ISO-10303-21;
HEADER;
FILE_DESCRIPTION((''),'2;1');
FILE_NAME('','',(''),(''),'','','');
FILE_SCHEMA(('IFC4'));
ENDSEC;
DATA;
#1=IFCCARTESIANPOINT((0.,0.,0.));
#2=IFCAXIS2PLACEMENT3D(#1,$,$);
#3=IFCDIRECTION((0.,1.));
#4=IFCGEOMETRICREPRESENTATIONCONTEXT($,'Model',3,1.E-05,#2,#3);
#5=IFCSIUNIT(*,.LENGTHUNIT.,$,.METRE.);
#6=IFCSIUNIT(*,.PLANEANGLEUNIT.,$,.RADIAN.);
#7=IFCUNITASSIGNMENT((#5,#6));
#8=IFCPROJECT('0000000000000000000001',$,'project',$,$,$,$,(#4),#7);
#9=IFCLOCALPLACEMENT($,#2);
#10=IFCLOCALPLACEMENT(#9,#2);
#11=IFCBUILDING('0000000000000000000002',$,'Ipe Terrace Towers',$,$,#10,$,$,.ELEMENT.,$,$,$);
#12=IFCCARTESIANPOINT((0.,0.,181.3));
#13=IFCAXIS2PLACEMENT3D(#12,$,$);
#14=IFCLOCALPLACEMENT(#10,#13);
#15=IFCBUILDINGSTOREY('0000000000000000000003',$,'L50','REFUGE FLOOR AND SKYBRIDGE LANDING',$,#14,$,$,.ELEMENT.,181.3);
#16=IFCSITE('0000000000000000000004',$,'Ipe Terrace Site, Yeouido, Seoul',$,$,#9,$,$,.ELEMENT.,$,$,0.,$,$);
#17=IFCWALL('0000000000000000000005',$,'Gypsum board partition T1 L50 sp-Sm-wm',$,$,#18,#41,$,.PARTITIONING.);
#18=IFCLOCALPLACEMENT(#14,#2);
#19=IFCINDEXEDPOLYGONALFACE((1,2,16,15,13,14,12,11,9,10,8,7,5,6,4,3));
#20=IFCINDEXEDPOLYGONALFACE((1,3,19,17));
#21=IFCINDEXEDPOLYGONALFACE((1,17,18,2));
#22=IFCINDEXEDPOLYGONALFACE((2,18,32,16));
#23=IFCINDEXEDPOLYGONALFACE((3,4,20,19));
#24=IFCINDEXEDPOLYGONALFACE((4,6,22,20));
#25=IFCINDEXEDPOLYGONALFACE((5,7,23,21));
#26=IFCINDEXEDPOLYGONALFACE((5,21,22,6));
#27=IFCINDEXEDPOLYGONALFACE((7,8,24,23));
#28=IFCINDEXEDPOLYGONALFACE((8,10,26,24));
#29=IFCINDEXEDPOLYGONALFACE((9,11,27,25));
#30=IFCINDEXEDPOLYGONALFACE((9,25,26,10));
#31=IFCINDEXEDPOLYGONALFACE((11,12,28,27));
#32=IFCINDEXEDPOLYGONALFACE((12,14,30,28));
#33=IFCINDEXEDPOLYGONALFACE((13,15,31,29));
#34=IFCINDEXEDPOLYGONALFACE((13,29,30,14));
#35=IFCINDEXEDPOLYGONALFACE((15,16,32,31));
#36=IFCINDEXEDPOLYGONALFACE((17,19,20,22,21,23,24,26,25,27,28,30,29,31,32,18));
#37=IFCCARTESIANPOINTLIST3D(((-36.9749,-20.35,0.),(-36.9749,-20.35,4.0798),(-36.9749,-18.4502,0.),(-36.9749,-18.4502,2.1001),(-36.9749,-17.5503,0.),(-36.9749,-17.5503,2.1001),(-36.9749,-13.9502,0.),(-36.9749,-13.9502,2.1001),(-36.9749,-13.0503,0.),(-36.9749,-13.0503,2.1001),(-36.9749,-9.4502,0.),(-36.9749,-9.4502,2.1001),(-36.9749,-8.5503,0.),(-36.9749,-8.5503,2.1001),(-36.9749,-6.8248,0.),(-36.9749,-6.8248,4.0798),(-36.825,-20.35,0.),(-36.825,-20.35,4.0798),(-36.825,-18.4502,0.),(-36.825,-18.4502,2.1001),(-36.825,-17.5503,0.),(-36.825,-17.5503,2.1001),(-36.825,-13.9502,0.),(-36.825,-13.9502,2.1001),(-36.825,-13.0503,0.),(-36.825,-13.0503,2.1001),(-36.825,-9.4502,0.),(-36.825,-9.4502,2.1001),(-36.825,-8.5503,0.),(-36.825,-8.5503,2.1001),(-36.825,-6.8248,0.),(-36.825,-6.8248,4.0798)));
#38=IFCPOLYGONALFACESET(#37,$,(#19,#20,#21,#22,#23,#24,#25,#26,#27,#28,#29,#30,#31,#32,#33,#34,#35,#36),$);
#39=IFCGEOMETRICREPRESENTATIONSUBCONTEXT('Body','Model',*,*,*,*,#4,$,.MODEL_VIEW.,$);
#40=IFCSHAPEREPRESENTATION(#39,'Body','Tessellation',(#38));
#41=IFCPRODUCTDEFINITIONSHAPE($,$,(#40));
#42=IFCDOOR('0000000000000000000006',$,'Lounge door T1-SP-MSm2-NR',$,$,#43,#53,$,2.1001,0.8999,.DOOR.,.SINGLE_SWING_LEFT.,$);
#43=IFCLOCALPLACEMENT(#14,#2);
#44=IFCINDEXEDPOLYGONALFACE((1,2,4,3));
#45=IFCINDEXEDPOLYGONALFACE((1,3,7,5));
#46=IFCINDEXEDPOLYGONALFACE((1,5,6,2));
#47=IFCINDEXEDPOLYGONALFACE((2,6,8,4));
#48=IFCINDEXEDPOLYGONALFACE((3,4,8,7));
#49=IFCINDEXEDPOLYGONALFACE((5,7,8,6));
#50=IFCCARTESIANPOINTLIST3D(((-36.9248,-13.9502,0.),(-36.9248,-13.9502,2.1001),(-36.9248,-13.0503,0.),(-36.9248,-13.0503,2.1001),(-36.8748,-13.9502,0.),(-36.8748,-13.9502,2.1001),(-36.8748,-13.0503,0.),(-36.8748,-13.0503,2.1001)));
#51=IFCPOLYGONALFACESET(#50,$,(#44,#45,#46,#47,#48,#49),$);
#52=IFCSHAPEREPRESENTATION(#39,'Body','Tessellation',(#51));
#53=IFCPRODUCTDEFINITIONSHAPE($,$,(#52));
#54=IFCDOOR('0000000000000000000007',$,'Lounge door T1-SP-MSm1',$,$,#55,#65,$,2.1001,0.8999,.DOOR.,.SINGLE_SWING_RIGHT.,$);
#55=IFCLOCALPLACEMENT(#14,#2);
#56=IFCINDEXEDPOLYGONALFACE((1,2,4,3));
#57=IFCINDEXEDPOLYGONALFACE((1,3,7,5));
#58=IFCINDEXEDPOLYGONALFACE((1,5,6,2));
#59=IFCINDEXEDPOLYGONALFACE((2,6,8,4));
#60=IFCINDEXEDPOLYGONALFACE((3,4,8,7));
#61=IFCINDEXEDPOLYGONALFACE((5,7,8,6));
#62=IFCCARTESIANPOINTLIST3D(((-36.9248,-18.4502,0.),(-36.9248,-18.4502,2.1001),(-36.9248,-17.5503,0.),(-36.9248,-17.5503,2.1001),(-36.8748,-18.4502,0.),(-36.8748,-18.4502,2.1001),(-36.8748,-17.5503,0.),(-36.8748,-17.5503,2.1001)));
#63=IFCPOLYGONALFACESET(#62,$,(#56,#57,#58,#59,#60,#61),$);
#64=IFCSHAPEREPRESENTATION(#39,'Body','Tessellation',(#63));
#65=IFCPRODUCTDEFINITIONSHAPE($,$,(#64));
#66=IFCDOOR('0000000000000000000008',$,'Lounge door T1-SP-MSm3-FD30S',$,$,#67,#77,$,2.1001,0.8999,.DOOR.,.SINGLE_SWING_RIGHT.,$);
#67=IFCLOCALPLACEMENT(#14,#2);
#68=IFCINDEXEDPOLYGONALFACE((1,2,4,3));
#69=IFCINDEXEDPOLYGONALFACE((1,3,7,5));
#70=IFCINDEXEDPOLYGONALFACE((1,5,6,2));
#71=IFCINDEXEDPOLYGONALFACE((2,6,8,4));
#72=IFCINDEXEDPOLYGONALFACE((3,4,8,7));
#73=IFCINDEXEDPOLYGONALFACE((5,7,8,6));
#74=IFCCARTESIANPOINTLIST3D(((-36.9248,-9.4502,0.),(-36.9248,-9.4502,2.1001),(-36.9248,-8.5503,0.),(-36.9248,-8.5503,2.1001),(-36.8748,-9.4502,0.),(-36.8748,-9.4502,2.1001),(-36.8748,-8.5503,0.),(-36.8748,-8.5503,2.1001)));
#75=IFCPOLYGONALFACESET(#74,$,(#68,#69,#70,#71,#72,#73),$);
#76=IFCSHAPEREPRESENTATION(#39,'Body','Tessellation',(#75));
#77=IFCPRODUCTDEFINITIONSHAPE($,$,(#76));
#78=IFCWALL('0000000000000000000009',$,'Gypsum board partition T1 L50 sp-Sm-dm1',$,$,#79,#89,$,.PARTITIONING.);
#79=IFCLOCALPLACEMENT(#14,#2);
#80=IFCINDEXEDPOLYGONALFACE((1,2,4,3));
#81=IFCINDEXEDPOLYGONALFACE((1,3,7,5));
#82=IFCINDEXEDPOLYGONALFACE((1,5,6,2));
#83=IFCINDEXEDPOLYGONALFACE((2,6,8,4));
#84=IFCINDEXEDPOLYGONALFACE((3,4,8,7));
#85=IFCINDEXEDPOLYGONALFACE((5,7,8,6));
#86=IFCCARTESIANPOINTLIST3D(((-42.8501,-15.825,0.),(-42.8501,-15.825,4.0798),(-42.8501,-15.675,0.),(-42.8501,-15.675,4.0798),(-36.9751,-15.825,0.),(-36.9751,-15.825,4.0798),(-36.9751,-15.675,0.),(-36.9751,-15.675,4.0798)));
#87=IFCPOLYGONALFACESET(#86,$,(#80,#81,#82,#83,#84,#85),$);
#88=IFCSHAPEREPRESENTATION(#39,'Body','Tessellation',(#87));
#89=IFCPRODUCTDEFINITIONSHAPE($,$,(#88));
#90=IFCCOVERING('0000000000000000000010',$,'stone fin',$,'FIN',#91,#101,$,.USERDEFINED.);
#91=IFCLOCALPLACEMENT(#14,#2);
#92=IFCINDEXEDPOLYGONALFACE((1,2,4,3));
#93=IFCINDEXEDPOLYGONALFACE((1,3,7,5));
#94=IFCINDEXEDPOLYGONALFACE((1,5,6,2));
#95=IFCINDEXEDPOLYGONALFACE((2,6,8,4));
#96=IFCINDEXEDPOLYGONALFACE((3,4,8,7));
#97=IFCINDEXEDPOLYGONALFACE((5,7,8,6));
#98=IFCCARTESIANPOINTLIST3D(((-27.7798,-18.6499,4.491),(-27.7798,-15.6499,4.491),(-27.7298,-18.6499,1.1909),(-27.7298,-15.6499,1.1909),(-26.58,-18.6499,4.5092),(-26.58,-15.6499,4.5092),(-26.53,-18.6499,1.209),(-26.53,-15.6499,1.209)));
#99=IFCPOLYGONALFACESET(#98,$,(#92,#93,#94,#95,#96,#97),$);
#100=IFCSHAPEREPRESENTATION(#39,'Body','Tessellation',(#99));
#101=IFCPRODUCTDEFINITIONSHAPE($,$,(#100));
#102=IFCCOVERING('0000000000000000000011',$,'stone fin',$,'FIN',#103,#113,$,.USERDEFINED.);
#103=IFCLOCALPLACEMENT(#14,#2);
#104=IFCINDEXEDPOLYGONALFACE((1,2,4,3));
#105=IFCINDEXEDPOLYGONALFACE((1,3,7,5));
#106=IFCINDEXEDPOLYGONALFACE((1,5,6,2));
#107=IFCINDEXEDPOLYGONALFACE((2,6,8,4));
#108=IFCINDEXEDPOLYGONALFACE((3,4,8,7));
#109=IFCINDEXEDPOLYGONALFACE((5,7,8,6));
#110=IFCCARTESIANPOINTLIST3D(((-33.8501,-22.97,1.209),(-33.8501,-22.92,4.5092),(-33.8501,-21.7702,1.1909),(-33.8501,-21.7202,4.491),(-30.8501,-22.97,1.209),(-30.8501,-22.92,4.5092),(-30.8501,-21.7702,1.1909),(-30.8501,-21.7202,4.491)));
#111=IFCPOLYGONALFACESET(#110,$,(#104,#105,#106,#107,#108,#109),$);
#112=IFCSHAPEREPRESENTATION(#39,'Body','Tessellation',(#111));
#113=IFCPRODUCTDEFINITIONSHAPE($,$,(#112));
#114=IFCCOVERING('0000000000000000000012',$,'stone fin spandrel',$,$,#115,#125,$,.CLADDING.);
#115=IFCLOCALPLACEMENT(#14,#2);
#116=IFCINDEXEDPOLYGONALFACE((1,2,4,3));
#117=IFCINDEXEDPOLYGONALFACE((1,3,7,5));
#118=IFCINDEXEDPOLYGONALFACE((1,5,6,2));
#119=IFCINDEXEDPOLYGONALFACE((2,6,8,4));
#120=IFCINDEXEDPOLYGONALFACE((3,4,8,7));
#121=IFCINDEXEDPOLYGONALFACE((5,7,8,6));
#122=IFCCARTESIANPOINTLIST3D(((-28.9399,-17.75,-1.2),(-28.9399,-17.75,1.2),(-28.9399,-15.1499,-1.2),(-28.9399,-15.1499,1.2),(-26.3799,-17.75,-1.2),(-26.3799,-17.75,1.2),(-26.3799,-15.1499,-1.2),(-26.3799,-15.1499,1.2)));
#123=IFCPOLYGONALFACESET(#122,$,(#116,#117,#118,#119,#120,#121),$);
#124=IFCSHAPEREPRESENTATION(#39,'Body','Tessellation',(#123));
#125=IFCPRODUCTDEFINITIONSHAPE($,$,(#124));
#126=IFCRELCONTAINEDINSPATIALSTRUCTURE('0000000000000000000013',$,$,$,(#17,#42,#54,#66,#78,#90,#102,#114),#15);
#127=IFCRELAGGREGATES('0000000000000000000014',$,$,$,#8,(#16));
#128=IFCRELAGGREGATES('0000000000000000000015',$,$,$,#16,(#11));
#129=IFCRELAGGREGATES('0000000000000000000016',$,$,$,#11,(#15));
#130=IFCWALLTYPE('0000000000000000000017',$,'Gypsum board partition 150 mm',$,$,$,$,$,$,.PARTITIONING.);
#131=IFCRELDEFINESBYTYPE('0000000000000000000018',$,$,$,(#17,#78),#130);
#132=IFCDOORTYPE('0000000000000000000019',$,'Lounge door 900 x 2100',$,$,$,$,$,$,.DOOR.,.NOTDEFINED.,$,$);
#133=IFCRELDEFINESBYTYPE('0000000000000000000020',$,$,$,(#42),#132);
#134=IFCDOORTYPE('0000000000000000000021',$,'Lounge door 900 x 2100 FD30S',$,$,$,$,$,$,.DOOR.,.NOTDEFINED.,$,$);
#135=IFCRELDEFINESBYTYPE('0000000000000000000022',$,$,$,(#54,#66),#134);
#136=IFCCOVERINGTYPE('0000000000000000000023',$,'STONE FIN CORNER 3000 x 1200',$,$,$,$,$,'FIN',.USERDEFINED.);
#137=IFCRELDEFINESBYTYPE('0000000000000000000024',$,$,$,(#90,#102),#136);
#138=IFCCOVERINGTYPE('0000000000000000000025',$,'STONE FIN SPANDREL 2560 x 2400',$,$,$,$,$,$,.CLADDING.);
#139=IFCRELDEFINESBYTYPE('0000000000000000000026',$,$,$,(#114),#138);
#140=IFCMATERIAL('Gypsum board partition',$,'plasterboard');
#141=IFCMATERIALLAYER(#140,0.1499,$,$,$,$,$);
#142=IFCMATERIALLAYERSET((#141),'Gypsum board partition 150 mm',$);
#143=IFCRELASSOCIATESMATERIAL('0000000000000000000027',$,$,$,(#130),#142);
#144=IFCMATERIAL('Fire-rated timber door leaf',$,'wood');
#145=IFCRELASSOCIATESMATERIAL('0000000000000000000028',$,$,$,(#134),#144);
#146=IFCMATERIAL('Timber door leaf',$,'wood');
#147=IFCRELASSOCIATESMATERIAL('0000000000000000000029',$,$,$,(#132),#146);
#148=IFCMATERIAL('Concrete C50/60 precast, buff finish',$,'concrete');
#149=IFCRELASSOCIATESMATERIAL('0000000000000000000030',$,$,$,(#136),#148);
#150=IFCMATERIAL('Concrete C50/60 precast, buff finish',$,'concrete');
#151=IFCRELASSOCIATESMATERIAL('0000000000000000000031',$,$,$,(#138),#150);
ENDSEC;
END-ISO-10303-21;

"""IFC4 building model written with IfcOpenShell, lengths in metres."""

from ifc_helpers import new_model, si_unit, direction, frame, frame_2d, origin, origin_2d, place, context, subcontext, project, spatial, rectangle, extrude, material, layer, layer_set, material_profile, profile_set, type_object, element, fill, save


model = new_model("IFC4")

# Units and contexts
model_context = context("Model", 3, precision=1e-05, world=origin(), true_north=direction((0.0, 1.0)))
body_context = subcontext(model_context, "Body", "Model", "MODEL_VIEW")
ifc_project = project(units=[si_unit("LENGTHUNIT", "METRE"), si_unit("PLANEANGLEUNIT", "RADIAN")], contexts=[model_context])

# Site, building, storey
site_placement = place(None, origin())
site = spatial("IfcSite", under=ifc_project, at=site_placement, Name="Ipe Terrace Site, Yeouido, Seoul", CompositionType="ELEMENT", RefElevation=0.0)
building_placement = place(site_placement, origin())
building = spatial("IfcBuilding", under=site, at=building_placement, Name="Ipe Terrace Towers", CompositionType="ELEMENT")
storey_placement = place(building_placement, frame((0.0, 0.0, 181.3)))
storey = spatial("IfcBuildingStorey", under=building, at=storey_placement, Name="L50", Description="REFUGE FLOOR AND SKYBRIDGE LANDING", CompositionType="ELEMENT", Elevation=181.3)

# Shared definitions
ifc_material_1 = material(Name="Gypsum board partition", Category="plasterboard")
ifc_layer_1 = layer(ifc_material_1, 0.1499)
ifc_layer_set_1 = layer_set([ifc_layer_1], Name="Gypsum board partition 150 mm")
wall_type_1 = type_object("IfcWallType", Name="Gypsum board partition 150 mm", PredefinedType="PARTITIONING", material=ifc_layer_set_1)
ifc_material_2 = material(Name="Fire-rated timber door leaf", Category="wood")
door_type_1 = type_object("IfcDoorType", Name="Lounge door 900 x 2100 FD30S", OperationType="NOTDEFINED", PredefinedType="DOOR", material=ifc_material_2)

# Wall, openings, doors
wall_1_placement = place(storey_placement, frame((-36.8999, -20.3501, 0.0), z_axis=(0.0, 0.0, 1.0), x_axis=(0.0, 1.0, 0.0)))
wall_1 = element("IfcWall", 1, at=wall_1_placement, inside=storey, type_object=wall_type_1, Name="Gypsum board partition T1 L50 sp-Sm-wm", PredefinedType="PARTITIONING", context=body_context, shape_type="SweptSolid", body=[
    extrude(rectangle(XDim=13.5251, YDim=0.1499, at=frame_2d((6.7627, 0.0))), origin(), (0.0, 0.0, 1.0), 4.0798),
])
opening_1_placement = place(wall_1_placement, frame((1.8999, 0.0, 0.0)))
opening_1 = element("IfcOpeningElement", 2, at=opening_1_placement, cuts=wall_1, PredefinedType="OPENING", context=body_context, shape_type="SweptSolid", body=[
    extrude(rectangle(XDim=0.8999, YDim=2.1001, at=frame_2d((0.45, 1.05))), frame((0.0, 0.085, 0.0), z_axis=(0.0, -1.0, 0.0), x_axis=(1.0, 0.0, 0.0)), (0.0, 0.0, 1.0), 0.1699),
])
opening_2_placement = place(wall_1_placement, frame((6.3999, 0.0, 0.0)))
opening_2 = element("IfcOpeningElement", 3, at=opening_2_placement, cuts=wall_1, PredefinedType="OPENING", context=body_context, shape_type="SweptSolid", body=[
    extrude(rectangle(XDim=0.8999, YDim=2.1001, at=frame_2d((0.45, 1.05))), frame((0.0, 0.085, 0.0), z_axis=(0.0, -1.0, 0.0), x_axis=(1.0, 0.0, 0.0)), (0.0, 0.0, 1.0), 0.1699),
])
opening_3_placement = place(wall_1_placement, frame((10.8999, 0.0, 0.0)))
opening_3 = element("IfcOpeningElement", 4, at=opening_3_placement, cuts=wall_1, PredefinedType="OPENING", context=body_context, shape_type="SweptSolid", body=[
    extrude(rectangle(XDim=0.8999, YDim=2.1001, at=frame_2d((0.45, 1.05))), frame((0.0, 0.085, 0.0), z_axis=(0.0, -1.0, 0.0), x_axis=(1.0, 0.0, 0.0)), (0.0, 0.0, 1.0), 0.1699),
])
ifc_material_3 = material(Name="Timber door leaf", Category="wood")
door_type_2 = type_object("IfcDoorType", Name="Lounge door 900 x 2100", OperationType="NOTDEFINED", PredefinedType="DOOR", material=ifc_material_3)
door_1_placement = place(opening_2_placement, origin())
door_1 = element("IfcDoor", 5, at=door_1_placement, inside=storey, type_object=door_type_2, Name="Lounge door T1-SP-MSm2-NR", OperationType="SINGLE_SWING_LEFT", OverallHeight=2.1001, OverallWidth=0.8999, PredefinedType="DOOR", context=body_context, shape_type="SweptSolid", body=[
    extrude(rectangle(XDim=0.8999, YDim=2.1001, at=frame_2d((0.45, 1.05))), frame((0.0, 0.0249, 0.0), z_axis=(0.0, -1.0, 0.0), x_axis=(1.0, 0.0, 0.0)), (0.0, 0.0, 1.0), 0.05),
])
fill(opening_2, door_1)
door_2_placement = place(opening_1_placement, origin())
door_2 = element("IfcDoor", 6, at=door_2_placement, inside=storey, type_object=door_type_1, Name="Lounge door T1-SP-MSm1", OperationType="SINGLE_SWING_RIGHT", OverallHeight=2.1001, OverallWidth=0.8999, PredefinedType="DOOR", context=body_context, shape_type="SweptSolid", body=[
    extrude(rectangle(XDim=0.8999, YDim=2.1001, at=frame_2d((0.45, 1.05))), frame((0.0, 0.0249, 0.0), z_axis=(0.0, -1.0, 0.0), x_axis=(1.0, 0.0, 0.0)), (0.0, 0.0, 1.0), 0.05),
])
fill(opening_1, door_2)
door_3_placement = place(opening_3_placement, origin())
door_3 = element("IfcDoor", 7, at=door_3_placement, inside=storey, type_object=door_type_1, Name="Lounge door T1-SP-MSm3-FD30S", OperationType="SINGLE_SWING_RIGHT", OverallHeight=2.1001, OverallWidth=0.8999, PredefinedType="DOOR", context=body_context, shape_type="SweptSolid", body=[
    extrude(rectangle(XDim=0.8999, YDim=2.1001, at=frame_2d((0.45, 1.05))), frame((0.0, 0.0249, 0.0), z_axis=(0.0, -1.0, 0.0), x_axis=(1.0, 0.0, 0.0)), (0.0, 0.0, 1.0), 0.05),
])
fill(opening_3, door_3)

# Wall
wall_2_placement = place(storey_placement, frame((-36.9751, -15.75, 0.0), z_axis=(0.0, 0.0, 1.0), x_axis=(-1.0, 0.0, 0.0)))
element("IfcWall", 8, at=wall_2_placement, inside=storey, type_object=wall_type_1, Name="Gypsum board partition T1 L50 sp-Sm-dm1", PredefinedType="PARTITIONING", context=body_context, shape_type="SweptSolid", body=[
    extrude(rectangle(XDim=5.875, YDim=0.1499, at=frame_2d((2.9375, 0.0))), origin(), (0.0, 0.0, 1.0), 4.0798),
])

# Coverings
ifc_material_4 = material(Name="Concrete C50/60 precast, buff finish", Category="concrete")
ifc_material_profile_1 = material_profile(ifc_material_4, rectangle(XDim=3.0, YDim=1.2, at=origin_2d()), Name="STONE FIN CORNER 3000 x 1200")
ifc_profile_set_1 = profile_set([ifc_material_profile_1], Name="Concrete C50/60 precast, buff finish")
covering_type_1 = type_object("IfcCoveringType", Name="STONE FIN CORNER 3000 x 1200", ElementType="FIN", PredefinedType="USERDEFINED", material=ifc_profile_set_1)
for number, where, z_axis, x_axis, name in (
    (9, (-27.1299, -17.1499, 1.2), (-0.015164, 0.0, 0.999885), (0.0, 1.0, 0.0), "stone fin"),
    (10, (-32.3501, -22.3701, 1.2), (0.0, 0.015164, 0.999885), (1.0, 0.0, 0.0), "stone fin"),
):
    element("IfcCovering", number, at=place(storey_placement, frame(where, z_axis=z_axis, x_axis=x_axis)), inside=storey, type_object=covering_type_1, Name=name, ObjectType="FIN", PredefinedType="USERDEFINED", context=body_context, shape_type="SweptSolid", body=[
        extrude(rectangle(XDim=3.0, YDim=1.2, at=origin_2d()), origin(), (0.0, 0.0, 1.0), 3.3005),
    ])
ifc_material_5 = material(Name="Concrete C50/60 precast, buff finish", Category="concrete")
ifc_material_profile_2 = material_profile(ifc_material_5, rectangle(XDim=2.5601, YDim=2.3999, at=origin_2d()), Name="STONE FIN SPANDREL 2560 x 2400")
ifc_profile_set_2 = profile_set([ifc_material_profile_2], Name="Concrete C50/60 precast, buff finish")
covering_type_2 = type_object("IfcCoveringType", Name="STONE FIN SPANDREL 2560 x 2400", PredefinedType="CLADDING", material=ifc_profile_set_2)
covering_placement = place(storey_placement, frame((-27.6599, -17.75, 0.0), z_axis=(0.0, 1.0, 0.0), x_axis=(1.0, 0.0, 0.0)))
element("IfcCovering", 11, at=covering_placement, inside=storey, type_object=covering_type_2, Name="stone fin spandrel", PredefinedType="CLADDING", context=body_context, shape_type="SweptSolid", body=[
    extrude(rectangle(XDim=2.5601, YDim=2.3999, at=origin_2d()), origin(), (0.0, 0.0, 1.0), 2.6001),
])

save(model, "model.ifc")
